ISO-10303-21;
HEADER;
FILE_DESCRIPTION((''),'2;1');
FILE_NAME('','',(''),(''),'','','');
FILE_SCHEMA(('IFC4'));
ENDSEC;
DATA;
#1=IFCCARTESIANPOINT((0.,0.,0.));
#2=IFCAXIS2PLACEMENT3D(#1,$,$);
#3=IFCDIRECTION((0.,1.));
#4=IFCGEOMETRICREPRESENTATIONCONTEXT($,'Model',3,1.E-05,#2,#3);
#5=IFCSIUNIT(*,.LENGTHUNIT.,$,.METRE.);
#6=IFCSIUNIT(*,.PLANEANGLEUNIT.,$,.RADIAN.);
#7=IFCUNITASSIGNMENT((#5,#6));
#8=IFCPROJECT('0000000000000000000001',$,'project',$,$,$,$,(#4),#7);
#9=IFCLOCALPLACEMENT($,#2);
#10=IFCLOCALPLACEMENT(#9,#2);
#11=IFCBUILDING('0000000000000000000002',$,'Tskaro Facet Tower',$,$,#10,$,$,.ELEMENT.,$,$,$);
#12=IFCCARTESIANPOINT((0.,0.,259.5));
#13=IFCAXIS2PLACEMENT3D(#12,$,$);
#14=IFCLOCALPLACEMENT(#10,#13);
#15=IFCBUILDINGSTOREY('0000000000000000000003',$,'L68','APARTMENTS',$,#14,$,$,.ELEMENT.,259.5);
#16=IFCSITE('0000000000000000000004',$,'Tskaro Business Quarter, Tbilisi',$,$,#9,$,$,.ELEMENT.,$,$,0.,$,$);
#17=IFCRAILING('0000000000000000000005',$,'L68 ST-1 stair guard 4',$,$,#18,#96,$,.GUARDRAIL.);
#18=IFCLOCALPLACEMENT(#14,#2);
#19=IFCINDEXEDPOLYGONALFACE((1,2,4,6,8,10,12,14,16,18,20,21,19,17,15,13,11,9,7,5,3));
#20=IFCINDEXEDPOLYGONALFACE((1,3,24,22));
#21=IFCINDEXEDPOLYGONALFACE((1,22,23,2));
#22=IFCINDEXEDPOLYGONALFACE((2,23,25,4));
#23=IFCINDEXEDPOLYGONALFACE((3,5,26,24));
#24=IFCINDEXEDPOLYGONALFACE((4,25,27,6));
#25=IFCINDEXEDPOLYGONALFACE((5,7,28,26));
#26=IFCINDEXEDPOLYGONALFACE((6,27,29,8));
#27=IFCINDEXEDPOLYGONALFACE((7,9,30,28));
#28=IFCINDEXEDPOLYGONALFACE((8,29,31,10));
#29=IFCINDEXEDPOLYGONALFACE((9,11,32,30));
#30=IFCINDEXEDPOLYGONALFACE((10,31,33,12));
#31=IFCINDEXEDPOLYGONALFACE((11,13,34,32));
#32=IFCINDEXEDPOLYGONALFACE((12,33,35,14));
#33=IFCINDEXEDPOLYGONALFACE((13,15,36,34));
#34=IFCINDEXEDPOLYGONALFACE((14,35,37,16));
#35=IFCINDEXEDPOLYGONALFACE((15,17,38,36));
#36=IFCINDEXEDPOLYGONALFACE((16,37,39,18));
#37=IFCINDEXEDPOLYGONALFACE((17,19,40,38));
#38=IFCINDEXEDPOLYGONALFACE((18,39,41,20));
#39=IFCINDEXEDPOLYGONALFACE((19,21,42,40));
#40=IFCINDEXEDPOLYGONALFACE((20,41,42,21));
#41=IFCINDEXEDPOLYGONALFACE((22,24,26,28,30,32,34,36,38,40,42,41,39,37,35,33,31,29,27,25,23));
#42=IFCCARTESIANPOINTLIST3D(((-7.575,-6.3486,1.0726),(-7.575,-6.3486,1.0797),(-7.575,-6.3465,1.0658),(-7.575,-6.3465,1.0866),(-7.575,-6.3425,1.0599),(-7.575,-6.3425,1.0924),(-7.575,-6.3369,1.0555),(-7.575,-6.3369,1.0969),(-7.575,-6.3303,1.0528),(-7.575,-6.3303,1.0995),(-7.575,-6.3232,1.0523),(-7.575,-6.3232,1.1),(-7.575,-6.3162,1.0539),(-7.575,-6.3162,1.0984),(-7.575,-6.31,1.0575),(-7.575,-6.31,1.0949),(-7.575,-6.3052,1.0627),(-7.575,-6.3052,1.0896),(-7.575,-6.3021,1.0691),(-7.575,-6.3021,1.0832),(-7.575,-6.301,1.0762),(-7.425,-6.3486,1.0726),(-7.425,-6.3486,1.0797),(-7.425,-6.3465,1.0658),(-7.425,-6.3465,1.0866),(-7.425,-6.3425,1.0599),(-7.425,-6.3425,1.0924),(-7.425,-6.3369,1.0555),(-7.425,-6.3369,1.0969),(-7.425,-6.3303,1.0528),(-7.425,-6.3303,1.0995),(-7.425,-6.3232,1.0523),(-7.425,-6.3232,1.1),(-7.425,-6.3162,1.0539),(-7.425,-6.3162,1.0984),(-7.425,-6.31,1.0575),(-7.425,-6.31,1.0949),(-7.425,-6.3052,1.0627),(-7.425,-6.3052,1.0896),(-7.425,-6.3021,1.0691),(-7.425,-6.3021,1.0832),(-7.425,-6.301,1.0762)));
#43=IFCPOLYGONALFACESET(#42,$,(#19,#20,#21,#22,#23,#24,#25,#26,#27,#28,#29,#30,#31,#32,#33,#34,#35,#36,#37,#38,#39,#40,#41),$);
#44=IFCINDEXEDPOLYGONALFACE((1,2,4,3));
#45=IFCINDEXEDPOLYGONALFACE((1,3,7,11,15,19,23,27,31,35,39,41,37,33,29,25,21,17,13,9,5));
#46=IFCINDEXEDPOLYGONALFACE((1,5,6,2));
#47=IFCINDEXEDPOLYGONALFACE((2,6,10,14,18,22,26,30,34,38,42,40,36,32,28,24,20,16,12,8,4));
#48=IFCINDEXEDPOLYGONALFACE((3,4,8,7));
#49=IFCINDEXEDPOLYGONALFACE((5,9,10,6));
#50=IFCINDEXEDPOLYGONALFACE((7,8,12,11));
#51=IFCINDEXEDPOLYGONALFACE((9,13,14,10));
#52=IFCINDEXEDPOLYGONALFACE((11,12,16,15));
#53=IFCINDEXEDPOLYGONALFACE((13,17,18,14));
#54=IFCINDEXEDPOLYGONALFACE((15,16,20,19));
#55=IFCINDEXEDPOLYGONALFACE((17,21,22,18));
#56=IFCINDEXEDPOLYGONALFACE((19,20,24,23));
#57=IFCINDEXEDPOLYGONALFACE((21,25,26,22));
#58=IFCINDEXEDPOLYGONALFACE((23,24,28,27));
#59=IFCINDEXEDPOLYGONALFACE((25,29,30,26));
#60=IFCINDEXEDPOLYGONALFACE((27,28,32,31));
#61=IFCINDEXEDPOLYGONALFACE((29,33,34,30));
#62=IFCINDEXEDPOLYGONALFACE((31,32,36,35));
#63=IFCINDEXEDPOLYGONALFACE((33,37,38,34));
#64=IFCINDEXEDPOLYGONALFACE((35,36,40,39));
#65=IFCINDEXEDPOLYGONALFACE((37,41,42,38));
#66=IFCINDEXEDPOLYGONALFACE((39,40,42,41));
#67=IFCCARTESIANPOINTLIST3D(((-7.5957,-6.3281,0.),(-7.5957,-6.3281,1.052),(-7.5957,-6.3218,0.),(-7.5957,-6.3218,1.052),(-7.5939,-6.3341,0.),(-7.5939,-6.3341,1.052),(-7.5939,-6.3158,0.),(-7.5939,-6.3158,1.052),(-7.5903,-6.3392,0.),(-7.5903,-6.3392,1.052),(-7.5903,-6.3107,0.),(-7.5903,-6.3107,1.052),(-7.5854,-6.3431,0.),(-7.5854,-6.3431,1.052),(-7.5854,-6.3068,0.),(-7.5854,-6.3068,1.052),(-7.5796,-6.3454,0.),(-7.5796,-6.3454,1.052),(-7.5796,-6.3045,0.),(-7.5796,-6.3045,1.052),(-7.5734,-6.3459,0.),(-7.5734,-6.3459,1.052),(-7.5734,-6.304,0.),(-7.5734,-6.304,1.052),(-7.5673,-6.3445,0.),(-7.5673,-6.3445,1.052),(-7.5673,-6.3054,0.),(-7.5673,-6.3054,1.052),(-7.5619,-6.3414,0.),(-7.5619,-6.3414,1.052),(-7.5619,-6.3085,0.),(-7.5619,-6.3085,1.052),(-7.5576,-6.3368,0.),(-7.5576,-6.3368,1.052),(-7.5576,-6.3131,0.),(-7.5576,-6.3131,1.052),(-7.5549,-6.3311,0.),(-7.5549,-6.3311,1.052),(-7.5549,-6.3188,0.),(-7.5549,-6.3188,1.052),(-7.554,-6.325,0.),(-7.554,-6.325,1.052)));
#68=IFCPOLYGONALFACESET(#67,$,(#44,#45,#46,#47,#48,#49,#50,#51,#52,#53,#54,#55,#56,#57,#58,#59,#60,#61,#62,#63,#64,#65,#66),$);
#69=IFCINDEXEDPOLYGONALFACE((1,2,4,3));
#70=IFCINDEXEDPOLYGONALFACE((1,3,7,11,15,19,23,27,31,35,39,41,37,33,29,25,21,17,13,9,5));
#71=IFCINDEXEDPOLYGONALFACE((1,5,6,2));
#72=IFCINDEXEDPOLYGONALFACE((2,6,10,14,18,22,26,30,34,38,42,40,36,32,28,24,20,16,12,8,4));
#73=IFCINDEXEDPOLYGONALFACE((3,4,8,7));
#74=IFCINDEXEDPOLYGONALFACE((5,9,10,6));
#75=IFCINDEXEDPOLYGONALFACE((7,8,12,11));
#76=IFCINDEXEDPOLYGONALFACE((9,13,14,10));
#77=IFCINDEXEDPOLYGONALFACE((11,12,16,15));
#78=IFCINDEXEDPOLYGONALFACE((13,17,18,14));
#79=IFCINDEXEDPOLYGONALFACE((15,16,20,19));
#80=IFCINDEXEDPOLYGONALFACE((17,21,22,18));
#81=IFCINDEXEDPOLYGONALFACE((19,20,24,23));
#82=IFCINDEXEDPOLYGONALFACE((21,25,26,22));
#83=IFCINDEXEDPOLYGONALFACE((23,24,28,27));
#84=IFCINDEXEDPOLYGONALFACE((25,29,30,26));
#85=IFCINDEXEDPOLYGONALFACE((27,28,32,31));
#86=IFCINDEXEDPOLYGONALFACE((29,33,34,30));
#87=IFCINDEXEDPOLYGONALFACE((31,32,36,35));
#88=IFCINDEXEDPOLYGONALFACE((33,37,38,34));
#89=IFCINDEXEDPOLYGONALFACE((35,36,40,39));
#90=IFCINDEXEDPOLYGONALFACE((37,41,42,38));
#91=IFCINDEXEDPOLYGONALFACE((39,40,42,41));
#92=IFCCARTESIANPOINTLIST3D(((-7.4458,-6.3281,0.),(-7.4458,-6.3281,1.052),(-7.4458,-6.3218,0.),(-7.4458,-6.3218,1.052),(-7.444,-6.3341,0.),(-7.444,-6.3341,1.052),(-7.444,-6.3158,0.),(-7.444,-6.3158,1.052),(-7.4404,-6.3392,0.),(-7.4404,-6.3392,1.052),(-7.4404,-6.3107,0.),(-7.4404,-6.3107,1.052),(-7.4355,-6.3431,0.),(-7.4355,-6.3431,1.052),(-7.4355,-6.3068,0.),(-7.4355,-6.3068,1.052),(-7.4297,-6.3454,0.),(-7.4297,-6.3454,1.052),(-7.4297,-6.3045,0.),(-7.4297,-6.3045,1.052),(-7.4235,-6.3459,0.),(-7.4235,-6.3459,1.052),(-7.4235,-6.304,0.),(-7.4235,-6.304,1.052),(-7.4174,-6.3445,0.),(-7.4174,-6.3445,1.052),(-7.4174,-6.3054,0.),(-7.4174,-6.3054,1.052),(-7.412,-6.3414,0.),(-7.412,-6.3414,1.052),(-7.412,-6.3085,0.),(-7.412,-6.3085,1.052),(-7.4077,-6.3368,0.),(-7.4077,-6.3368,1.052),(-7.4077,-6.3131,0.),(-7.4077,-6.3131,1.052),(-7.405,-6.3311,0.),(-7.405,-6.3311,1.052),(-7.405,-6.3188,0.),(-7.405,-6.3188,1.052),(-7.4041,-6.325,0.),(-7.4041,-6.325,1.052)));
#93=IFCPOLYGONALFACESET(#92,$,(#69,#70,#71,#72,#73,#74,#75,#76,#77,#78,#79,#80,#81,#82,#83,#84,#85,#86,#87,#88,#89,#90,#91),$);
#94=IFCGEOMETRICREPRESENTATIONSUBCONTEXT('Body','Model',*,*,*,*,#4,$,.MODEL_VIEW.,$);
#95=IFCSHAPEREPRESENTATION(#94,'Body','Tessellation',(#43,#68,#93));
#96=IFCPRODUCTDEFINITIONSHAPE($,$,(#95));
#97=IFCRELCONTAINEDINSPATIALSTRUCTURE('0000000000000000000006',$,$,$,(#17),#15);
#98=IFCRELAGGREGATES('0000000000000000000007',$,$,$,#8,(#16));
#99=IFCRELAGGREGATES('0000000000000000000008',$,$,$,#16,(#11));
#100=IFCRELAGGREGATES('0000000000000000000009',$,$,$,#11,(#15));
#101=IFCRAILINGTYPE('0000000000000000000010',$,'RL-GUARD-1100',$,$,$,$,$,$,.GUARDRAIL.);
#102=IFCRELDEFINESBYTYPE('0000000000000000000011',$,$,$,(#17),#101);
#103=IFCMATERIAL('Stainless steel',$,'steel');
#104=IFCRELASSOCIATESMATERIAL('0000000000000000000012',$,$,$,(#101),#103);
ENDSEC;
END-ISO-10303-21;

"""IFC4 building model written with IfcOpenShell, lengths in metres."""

from ifc_helpers import new_model, si_unit, direction, frame, origin, origin_2d, place, context, subcontext, project, spatial, circle, extrude, material, type_object, element, save


model = new_model("IFC4")

# Units and contexts
model_context = context("Model", 3, precision=1e-05, world=origin(), true_north=direction((0.0, 1.0)))
body_context = subcontext(model_context, "Body", "Model", "MODEL_VIEW")
ifc_project = project(units=[si_unit("LENGTHUNIT", "METRE"), si_unit("PLANEANGLEUNIT", "RADIAN")], contexts=[model_context])

# Site, building, storey
site_placement = place(None, origin())
site = spatial("IfcSite", under=ifc_project, at=site_placement, Name="Tskaro Business Quarter, Tbilisi", CompositionType="ELEMENT", RefElevation=0.0)
building_placement = place(site_placement, origin())
building = spatial("IfcBuilding", under=site, at=building_placement, Name="Tskaro Facet Tower", CompositionType="ELEMENT")
storey_placement = place(building_placement, frame((0.0, 0.0, 259.5)))
storey = spatial("IfcBuildingStorey", under=building, at=storey_placement, Name="L68", Description="APARTMENTS", CompositionType="ELEMENT", Elevation=259.5)

# Shared definitions
ifc_material_1 = material(Name="Stainless steel", Category="steel")

# Railing
railing_type_1 = type_object("IfcRailingType", Name="RL-GUARD-1100", PredefinedType="GUARDRAIL", material=ifc_material_1)
railing_1_placement = place(storey_placement, frame((-7.575, -6.325, 0.0)))
element("IfcRailing", 1, at=railing_1_placement, inside=storey, type_object=railing_type_1, Name="L68 ST-1 stair guard 4", PredefinedType="GUARDRAIL", context=body_context, shape_type="SweptSolid", body=[
    extrude(circle(Radius=0.0239, at=origin_2d()), frame((0.0, 0.0, 1.0762), z_axis=(1.0, 0.0, 0.0), x_axis=(0.0, 1.0, 0.0)), (0.0, 0.0, 1.0), 0.1499),
    extrude(circle(Radius=0.021, at=origin_2d()), origin(), (0.0, 0.0, 1.0), 1.052),
    extrude(circle(Radius=0.021, at=origin_2d()), frame((0.1499, 0.0, 0.0)), (0.0, 0.0, 1.0), 1.052),
])

save(model, "model.ifc")
